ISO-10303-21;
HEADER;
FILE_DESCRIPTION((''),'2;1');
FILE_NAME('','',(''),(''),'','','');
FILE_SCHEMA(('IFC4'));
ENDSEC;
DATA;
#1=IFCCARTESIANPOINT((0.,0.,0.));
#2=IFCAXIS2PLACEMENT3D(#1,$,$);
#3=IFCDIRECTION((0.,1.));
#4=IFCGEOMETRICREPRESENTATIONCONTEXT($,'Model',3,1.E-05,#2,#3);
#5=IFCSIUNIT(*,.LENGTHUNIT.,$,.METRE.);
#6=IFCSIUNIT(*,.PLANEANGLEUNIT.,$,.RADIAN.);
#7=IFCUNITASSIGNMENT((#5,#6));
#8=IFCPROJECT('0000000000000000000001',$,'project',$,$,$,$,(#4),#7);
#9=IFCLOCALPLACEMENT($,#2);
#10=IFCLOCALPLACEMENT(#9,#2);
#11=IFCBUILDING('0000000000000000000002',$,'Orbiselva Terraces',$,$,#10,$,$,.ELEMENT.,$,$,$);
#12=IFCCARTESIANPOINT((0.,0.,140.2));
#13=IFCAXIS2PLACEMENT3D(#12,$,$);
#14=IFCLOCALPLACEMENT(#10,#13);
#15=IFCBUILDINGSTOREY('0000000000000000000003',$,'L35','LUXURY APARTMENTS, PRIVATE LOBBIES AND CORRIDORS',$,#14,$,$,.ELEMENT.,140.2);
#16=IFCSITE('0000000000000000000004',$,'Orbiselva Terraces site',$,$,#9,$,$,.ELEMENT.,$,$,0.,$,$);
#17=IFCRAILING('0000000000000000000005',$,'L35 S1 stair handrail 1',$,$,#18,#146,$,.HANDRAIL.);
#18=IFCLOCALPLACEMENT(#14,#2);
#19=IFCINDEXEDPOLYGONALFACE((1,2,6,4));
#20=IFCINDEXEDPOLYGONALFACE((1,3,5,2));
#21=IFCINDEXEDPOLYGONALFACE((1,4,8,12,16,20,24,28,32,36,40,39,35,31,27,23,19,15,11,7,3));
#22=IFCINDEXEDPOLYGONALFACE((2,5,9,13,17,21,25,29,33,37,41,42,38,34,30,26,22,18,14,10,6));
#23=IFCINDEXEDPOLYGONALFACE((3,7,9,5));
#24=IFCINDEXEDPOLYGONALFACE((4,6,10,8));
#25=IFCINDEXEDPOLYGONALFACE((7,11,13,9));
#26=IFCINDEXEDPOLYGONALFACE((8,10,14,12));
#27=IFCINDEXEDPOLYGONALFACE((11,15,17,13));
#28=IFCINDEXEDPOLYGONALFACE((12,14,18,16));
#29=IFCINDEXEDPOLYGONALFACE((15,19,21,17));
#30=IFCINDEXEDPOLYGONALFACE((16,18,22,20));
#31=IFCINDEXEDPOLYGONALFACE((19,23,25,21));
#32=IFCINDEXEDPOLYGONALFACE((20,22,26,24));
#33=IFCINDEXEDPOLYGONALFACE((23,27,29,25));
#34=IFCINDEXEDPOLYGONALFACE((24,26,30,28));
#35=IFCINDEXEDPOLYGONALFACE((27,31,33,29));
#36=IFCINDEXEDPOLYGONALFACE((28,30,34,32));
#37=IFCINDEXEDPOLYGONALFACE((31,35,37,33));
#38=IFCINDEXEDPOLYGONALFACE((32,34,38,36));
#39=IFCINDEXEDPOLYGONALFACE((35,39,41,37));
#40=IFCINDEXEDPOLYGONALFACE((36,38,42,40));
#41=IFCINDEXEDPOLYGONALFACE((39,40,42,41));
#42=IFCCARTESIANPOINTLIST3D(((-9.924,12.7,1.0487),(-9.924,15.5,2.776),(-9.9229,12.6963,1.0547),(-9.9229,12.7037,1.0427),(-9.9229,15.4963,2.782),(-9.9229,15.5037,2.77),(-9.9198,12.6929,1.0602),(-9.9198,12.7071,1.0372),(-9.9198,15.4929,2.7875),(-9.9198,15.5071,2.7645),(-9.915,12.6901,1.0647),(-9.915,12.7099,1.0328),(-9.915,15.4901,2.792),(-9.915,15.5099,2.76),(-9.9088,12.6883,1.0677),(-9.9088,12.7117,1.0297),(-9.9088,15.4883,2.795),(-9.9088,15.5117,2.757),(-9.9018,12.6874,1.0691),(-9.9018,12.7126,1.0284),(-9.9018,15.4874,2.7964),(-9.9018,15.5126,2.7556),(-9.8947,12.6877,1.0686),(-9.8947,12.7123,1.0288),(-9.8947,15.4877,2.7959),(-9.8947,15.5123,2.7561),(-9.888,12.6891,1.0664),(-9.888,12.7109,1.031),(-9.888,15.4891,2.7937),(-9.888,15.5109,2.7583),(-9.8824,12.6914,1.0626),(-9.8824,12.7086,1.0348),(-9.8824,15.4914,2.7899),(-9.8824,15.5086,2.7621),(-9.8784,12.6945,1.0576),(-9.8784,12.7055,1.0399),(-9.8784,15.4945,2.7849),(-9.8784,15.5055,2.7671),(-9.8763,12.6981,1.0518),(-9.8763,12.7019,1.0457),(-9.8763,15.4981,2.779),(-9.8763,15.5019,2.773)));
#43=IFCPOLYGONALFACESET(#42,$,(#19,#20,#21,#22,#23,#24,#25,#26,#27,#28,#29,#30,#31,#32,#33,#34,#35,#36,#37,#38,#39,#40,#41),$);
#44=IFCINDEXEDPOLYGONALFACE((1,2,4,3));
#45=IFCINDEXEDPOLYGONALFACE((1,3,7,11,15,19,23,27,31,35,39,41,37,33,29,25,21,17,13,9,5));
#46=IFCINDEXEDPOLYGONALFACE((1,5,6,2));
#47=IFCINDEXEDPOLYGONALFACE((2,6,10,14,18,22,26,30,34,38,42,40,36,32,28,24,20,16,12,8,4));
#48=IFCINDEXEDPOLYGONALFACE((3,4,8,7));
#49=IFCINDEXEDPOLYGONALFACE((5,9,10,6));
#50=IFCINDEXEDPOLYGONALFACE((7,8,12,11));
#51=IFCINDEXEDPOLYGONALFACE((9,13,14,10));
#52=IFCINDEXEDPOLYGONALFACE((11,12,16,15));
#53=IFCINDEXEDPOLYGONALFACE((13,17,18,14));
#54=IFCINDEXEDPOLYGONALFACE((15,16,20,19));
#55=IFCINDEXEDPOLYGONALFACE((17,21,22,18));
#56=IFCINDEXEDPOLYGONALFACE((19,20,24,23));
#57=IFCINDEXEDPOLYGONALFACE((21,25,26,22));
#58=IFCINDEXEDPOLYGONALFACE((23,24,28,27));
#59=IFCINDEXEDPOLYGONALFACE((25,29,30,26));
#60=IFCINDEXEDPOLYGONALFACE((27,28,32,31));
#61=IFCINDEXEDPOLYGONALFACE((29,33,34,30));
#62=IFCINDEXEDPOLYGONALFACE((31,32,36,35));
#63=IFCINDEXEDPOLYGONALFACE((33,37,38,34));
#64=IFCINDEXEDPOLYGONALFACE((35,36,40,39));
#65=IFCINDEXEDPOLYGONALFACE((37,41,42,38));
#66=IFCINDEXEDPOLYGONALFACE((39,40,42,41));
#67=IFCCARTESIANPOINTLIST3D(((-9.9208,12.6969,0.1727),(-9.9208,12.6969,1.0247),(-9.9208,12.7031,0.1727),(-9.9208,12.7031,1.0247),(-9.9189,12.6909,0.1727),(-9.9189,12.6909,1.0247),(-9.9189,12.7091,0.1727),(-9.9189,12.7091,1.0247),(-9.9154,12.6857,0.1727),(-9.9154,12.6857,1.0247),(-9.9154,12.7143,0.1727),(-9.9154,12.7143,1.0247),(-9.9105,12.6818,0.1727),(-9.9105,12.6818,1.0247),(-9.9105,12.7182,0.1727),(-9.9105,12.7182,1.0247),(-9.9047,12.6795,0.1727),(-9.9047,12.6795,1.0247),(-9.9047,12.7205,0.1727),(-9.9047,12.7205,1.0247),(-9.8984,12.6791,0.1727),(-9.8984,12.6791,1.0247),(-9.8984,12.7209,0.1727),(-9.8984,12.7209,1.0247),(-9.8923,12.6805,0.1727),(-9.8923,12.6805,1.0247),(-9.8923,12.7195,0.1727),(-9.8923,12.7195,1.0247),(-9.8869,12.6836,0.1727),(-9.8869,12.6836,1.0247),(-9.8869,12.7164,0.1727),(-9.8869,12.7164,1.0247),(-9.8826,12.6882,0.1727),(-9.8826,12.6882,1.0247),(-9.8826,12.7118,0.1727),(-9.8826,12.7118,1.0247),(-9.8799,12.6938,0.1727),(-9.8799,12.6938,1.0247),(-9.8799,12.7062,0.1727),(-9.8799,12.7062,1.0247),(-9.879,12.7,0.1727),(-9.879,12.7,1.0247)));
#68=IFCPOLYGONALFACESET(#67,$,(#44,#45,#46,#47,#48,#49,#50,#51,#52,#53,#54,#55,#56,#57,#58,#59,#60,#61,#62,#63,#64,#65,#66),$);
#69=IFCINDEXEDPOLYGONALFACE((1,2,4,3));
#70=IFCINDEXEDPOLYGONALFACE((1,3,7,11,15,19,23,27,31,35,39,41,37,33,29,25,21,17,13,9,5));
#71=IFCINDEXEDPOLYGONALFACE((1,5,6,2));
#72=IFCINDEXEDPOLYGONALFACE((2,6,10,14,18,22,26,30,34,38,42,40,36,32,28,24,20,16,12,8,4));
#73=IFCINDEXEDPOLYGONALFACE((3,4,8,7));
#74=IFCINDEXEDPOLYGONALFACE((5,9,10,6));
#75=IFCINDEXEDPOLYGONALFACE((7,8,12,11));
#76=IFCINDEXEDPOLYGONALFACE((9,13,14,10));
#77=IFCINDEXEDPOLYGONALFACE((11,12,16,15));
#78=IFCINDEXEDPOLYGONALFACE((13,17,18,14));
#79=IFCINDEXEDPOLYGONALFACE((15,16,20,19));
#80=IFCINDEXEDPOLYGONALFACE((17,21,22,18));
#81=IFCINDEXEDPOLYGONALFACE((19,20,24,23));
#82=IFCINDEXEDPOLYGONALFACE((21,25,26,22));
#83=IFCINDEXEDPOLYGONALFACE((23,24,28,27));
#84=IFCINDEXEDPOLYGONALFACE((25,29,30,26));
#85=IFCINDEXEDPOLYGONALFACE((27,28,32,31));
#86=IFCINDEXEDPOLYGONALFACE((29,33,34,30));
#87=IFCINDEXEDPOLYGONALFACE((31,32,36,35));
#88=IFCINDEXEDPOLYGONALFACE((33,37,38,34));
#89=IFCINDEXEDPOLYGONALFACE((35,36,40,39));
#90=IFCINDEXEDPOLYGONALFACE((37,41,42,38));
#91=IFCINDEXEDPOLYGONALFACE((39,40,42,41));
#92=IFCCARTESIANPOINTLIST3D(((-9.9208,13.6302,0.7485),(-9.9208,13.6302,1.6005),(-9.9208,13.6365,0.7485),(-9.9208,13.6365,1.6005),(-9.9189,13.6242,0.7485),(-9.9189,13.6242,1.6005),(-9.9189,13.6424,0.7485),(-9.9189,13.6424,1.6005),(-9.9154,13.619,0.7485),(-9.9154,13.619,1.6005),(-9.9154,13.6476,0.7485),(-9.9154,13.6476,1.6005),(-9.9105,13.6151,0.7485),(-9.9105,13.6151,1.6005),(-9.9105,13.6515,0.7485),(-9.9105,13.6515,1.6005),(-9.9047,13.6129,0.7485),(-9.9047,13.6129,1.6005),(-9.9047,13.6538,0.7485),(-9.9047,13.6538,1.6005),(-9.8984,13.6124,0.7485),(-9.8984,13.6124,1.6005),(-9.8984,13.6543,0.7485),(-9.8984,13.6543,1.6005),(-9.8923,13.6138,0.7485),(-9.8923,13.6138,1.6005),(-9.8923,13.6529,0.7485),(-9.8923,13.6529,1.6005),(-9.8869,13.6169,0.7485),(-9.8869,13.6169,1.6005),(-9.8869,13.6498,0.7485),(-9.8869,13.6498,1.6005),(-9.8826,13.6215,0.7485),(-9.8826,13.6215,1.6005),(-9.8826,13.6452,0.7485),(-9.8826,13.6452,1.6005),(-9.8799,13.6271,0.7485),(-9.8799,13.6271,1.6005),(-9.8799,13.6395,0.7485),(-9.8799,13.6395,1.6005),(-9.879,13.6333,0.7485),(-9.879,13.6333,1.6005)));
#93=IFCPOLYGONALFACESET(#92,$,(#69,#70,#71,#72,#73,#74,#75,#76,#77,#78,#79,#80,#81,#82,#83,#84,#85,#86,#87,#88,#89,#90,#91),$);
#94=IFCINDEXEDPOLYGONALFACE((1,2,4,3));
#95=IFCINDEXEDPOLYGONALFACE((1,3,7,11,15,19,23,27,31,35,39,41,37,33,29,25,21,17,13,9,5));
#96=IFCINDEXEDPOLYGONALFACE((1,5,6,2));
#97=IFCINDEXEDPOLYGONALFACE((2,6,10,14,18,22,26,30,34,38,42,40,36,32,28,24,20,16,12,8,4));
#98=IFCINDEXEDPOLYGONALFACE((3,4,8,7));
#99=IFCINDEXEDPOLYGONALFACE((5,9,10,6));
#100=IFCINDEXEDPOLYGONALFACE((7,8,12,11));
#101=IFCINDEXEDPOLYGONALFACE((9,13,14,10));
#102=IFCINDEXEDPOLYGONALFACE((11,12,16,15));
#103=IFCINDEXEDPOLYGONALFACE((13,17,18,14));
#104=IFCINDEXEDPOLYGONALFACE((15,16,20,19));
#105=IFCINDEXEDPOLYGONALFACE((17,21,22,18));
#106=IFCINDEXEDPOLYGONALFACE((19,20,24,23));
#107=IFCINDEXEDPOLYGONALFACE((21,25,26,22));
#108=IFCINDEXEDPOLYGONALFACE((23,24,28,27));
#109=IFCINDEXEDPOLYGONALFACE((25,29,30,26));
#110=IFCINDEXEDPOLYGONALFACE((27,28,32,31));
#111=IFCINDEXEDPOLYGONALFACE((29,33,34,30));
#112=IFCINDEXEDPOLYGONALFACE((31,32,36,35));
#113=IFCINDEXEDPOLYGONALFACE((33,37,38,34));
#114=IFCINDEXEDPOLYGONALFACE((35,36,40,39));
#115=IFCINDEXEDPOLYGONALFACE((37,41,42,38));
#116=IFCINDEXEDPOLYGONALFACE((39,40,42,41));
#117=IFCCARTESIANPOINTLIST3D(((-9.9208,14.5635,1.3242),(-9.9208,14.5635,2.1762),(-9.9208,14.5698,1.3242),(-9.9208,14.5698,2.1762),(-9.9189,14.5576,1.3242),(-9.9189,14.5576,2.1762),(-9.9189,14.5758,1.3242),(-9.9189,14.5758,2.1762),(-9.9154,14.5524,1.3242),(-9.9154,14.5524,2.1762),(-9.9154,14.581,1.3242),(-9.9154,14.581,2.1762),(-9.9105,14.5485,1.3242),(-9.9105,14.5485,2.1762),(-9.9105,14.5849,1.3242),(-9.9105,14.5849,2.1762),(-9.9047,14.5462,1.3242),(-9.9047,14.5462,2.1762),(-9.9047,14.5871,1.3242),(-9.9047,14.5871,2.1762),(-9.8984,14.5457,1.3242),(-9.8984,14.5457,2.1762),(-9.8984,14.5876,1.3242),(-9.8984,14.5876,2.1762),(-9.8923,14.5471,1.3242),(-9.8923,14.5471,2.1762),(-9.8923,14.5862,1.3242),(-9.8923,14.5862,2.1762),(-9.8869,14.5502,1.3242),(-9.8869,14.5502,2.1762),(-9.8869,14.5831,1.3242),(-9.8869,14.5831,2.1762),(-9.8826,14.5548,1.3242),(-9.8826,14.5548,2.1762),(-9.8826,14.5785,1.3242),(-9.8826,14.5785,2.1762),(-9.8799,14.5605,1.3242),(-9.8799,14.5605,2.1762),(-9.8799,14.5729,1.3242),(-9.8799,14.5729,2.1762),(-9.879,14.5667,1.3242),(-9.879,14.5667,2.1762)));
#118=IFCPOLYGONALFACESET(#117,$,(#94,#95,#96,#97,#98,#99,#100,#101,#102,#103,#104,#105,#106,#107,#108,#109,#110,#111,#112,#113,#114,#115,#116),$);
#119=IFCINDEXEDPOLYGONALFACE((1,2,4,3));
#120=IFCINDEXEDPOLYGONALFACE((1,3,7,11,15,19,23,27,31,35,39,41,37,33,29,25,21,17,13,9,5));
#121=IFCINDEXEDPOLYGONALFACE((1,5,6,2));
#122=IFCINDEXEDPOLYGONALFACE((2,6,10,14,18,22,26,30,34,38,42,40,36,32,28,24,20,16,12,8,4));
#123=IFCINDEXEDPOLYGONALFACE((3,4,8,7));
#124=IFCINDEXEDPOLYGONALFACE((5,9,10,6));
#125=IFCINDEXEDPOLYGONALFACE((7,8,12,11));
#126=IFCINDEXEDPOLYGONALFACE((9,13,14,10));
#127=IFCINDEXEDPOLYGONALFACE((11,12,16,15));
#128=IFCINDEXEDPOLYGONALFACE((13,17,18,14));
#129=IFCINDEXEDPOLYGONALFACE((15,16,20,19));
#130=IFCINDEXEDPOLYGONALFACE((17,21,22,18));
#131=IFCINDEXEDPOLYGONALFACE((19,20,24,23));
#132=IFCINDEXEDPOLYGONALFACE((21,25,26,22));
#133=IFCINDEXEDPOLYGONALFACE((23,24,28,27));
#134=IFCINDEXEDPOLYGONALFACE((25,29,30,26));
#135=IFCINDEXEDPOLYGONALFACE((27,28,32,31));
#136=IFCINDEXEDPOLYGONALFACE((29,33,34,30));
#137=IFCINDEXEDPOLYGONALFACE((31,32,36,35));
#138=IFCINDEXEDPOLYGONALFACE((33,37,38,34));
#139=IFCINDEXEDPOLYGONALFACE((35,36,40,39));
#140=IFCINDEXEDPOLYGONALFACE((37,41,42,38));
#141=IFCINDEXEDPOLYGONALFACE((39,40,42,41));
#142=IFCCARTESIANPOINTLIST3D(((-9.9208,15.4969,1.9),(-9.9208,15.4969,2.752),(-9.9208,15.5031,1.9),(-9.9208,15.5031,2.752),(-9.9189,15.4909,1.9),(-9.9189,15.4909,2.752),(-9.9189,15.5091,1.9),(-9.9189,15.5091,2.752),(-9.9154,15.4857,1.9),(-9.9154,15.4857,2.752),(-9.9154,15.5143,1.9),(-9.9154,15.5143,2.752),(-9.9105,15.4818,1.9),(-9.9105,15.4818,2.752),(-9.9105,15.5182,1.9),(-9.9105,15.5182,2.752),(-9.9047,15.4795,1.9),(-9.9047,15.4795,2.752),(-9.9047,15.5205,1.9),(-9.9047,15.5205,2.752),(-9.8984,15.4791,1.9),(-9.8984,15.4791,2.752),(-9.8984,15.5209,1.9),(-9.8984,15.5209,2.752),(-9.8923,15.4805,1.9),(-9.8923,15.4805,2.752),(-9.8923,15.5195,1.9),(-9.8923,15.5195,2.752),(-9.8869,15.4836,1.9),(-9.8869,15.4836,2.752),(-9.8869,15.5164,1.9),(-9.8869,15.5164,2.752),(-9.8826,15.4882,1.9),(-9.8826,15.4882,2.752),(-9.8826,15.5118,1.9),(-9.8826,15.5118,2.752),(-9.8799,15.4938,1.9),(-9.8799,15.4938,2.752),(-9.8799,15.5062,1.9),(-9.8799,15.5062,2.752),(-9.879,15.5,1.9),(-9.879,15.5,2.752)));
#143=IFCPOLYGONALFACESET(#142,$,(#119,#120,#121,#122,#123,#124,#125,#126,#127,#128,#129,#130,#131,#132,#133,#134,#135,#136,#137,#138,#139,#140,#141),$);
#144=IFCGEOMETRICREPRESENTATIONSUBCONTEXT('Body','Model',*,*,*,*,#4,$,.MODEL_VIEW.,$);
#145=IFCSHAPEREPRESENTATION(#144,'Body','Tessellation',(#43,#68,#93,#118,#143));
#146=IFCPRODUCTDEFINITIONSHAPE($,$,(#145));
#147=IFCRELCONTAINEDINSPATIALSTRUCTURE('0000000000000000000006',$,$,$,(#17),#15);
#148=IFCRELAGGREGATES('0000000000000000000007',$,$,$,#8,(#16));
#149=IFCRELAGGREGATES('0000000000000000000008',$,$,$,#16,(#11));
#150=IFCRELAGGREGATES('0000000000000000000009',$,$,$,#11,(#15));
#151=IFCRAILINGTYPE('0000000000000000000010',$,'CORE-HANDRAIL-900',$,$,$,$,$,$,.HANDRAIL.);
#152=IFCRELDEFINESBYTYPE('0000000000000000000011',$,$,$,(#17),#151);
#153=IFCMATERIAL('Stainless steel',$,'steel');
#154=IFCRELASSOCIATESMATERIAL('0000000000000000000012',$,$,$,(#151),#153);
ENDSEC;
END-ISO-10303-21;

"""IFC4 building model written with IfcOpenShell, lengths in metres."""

from ifc_helpers import new_model, si_unit, direction, frame, origin, origin_2d, place, context, subcontext, project, spatial, circle, extrude, material, type_object, element, save


model = new_model("IFC4")

# Units and contexts
model_context = context("Model", 3, precision=1e-05, world=origin(), true_north=direction((0.0, 1.0)))
body_context = subcontext(model_context, "Body", "Model", "MODEL_VIEW")
ifc_project = project(units=[si_unit("LENGTHUNIT", "METRE"), si_unit("PLANEANGLEUNIT", "RADIAN")], contexts=[model_context])

# Site, building, storey
site_placement = place(None, origin())
site = spatial("IfcSite", under=ifc_project, at=site_placement, Name="Orbiselva Terraces site", CompositionType="ELEMENT", RefElevation=0.0)
building_placement = place(site_placement, origin())
building = spatial("IfcBuilding", under=site, at=building_placement, Name="Orbiselva Terraces", CompositionType="ELEMENT")
storey_placement = place(building_placement, frame((0.0, 0.0, 140.2)))
storey = spatial("IfcBuildingStorey", under=building, at=storey_placement, Name="L35", Description="LUXURY APARTMENTS, PRIVATE LOBBIES AND CORRIDORS", CompositionType="ELEMENT", Elevation=140.2)

# Railing
ifc_material_1 = material(Name="Stainless steel", Category="steel")
railing_type_1 = type_object("IfcRailingType", Name="CORE-HANDRAIL-900", PredefinedType="HANDRAIL", material=ifc_material_1)
railing_1_placement = place(storey_placement, frame((-9.9, 12.7, 0.1727)))
element("IfcRailing", 1, at=railing_1_placement, inside=storey, type_object=railing_type_1, Name="L35 S1 stair handrail 1", PredefinedType="HANDRAIL", context=body_context, shape_type="SweptSolid", body=[
    extrude(circle(Radius=0.024, at=origin_2d()), frame((0.0, 0.0, 0.876), z_axis=(0.0, 0.851089, 0.525022), x_axis=(-1.0, 0.0, 0.0)), (0.0, 0.0, 1.0), 3.2899),
    extrude(circle(Radius=0.021, at=origin_2d()), origin(), (0.0, 0.0, 1.0), 0.852),
    extrude(circle(Radius=0.021, at=origin_2d()), frame((0.0, 0.9333, 0.5758)), (0.0, 0.0, 1.0), 0.852),
    extrude(circle(Radius=0.021, at=origin_2d()), frame((0.0, 1.8667, 1.1515)), (0.0, 0.0, 1.0), 0.852),
    extrude(circle(Radius=0.021, at=origin_2d()), frame((0.0, 2.8, 1.7273)), (0.0, 0.0, 1.0), 0.852),
])

save(model, "model.ifc")
